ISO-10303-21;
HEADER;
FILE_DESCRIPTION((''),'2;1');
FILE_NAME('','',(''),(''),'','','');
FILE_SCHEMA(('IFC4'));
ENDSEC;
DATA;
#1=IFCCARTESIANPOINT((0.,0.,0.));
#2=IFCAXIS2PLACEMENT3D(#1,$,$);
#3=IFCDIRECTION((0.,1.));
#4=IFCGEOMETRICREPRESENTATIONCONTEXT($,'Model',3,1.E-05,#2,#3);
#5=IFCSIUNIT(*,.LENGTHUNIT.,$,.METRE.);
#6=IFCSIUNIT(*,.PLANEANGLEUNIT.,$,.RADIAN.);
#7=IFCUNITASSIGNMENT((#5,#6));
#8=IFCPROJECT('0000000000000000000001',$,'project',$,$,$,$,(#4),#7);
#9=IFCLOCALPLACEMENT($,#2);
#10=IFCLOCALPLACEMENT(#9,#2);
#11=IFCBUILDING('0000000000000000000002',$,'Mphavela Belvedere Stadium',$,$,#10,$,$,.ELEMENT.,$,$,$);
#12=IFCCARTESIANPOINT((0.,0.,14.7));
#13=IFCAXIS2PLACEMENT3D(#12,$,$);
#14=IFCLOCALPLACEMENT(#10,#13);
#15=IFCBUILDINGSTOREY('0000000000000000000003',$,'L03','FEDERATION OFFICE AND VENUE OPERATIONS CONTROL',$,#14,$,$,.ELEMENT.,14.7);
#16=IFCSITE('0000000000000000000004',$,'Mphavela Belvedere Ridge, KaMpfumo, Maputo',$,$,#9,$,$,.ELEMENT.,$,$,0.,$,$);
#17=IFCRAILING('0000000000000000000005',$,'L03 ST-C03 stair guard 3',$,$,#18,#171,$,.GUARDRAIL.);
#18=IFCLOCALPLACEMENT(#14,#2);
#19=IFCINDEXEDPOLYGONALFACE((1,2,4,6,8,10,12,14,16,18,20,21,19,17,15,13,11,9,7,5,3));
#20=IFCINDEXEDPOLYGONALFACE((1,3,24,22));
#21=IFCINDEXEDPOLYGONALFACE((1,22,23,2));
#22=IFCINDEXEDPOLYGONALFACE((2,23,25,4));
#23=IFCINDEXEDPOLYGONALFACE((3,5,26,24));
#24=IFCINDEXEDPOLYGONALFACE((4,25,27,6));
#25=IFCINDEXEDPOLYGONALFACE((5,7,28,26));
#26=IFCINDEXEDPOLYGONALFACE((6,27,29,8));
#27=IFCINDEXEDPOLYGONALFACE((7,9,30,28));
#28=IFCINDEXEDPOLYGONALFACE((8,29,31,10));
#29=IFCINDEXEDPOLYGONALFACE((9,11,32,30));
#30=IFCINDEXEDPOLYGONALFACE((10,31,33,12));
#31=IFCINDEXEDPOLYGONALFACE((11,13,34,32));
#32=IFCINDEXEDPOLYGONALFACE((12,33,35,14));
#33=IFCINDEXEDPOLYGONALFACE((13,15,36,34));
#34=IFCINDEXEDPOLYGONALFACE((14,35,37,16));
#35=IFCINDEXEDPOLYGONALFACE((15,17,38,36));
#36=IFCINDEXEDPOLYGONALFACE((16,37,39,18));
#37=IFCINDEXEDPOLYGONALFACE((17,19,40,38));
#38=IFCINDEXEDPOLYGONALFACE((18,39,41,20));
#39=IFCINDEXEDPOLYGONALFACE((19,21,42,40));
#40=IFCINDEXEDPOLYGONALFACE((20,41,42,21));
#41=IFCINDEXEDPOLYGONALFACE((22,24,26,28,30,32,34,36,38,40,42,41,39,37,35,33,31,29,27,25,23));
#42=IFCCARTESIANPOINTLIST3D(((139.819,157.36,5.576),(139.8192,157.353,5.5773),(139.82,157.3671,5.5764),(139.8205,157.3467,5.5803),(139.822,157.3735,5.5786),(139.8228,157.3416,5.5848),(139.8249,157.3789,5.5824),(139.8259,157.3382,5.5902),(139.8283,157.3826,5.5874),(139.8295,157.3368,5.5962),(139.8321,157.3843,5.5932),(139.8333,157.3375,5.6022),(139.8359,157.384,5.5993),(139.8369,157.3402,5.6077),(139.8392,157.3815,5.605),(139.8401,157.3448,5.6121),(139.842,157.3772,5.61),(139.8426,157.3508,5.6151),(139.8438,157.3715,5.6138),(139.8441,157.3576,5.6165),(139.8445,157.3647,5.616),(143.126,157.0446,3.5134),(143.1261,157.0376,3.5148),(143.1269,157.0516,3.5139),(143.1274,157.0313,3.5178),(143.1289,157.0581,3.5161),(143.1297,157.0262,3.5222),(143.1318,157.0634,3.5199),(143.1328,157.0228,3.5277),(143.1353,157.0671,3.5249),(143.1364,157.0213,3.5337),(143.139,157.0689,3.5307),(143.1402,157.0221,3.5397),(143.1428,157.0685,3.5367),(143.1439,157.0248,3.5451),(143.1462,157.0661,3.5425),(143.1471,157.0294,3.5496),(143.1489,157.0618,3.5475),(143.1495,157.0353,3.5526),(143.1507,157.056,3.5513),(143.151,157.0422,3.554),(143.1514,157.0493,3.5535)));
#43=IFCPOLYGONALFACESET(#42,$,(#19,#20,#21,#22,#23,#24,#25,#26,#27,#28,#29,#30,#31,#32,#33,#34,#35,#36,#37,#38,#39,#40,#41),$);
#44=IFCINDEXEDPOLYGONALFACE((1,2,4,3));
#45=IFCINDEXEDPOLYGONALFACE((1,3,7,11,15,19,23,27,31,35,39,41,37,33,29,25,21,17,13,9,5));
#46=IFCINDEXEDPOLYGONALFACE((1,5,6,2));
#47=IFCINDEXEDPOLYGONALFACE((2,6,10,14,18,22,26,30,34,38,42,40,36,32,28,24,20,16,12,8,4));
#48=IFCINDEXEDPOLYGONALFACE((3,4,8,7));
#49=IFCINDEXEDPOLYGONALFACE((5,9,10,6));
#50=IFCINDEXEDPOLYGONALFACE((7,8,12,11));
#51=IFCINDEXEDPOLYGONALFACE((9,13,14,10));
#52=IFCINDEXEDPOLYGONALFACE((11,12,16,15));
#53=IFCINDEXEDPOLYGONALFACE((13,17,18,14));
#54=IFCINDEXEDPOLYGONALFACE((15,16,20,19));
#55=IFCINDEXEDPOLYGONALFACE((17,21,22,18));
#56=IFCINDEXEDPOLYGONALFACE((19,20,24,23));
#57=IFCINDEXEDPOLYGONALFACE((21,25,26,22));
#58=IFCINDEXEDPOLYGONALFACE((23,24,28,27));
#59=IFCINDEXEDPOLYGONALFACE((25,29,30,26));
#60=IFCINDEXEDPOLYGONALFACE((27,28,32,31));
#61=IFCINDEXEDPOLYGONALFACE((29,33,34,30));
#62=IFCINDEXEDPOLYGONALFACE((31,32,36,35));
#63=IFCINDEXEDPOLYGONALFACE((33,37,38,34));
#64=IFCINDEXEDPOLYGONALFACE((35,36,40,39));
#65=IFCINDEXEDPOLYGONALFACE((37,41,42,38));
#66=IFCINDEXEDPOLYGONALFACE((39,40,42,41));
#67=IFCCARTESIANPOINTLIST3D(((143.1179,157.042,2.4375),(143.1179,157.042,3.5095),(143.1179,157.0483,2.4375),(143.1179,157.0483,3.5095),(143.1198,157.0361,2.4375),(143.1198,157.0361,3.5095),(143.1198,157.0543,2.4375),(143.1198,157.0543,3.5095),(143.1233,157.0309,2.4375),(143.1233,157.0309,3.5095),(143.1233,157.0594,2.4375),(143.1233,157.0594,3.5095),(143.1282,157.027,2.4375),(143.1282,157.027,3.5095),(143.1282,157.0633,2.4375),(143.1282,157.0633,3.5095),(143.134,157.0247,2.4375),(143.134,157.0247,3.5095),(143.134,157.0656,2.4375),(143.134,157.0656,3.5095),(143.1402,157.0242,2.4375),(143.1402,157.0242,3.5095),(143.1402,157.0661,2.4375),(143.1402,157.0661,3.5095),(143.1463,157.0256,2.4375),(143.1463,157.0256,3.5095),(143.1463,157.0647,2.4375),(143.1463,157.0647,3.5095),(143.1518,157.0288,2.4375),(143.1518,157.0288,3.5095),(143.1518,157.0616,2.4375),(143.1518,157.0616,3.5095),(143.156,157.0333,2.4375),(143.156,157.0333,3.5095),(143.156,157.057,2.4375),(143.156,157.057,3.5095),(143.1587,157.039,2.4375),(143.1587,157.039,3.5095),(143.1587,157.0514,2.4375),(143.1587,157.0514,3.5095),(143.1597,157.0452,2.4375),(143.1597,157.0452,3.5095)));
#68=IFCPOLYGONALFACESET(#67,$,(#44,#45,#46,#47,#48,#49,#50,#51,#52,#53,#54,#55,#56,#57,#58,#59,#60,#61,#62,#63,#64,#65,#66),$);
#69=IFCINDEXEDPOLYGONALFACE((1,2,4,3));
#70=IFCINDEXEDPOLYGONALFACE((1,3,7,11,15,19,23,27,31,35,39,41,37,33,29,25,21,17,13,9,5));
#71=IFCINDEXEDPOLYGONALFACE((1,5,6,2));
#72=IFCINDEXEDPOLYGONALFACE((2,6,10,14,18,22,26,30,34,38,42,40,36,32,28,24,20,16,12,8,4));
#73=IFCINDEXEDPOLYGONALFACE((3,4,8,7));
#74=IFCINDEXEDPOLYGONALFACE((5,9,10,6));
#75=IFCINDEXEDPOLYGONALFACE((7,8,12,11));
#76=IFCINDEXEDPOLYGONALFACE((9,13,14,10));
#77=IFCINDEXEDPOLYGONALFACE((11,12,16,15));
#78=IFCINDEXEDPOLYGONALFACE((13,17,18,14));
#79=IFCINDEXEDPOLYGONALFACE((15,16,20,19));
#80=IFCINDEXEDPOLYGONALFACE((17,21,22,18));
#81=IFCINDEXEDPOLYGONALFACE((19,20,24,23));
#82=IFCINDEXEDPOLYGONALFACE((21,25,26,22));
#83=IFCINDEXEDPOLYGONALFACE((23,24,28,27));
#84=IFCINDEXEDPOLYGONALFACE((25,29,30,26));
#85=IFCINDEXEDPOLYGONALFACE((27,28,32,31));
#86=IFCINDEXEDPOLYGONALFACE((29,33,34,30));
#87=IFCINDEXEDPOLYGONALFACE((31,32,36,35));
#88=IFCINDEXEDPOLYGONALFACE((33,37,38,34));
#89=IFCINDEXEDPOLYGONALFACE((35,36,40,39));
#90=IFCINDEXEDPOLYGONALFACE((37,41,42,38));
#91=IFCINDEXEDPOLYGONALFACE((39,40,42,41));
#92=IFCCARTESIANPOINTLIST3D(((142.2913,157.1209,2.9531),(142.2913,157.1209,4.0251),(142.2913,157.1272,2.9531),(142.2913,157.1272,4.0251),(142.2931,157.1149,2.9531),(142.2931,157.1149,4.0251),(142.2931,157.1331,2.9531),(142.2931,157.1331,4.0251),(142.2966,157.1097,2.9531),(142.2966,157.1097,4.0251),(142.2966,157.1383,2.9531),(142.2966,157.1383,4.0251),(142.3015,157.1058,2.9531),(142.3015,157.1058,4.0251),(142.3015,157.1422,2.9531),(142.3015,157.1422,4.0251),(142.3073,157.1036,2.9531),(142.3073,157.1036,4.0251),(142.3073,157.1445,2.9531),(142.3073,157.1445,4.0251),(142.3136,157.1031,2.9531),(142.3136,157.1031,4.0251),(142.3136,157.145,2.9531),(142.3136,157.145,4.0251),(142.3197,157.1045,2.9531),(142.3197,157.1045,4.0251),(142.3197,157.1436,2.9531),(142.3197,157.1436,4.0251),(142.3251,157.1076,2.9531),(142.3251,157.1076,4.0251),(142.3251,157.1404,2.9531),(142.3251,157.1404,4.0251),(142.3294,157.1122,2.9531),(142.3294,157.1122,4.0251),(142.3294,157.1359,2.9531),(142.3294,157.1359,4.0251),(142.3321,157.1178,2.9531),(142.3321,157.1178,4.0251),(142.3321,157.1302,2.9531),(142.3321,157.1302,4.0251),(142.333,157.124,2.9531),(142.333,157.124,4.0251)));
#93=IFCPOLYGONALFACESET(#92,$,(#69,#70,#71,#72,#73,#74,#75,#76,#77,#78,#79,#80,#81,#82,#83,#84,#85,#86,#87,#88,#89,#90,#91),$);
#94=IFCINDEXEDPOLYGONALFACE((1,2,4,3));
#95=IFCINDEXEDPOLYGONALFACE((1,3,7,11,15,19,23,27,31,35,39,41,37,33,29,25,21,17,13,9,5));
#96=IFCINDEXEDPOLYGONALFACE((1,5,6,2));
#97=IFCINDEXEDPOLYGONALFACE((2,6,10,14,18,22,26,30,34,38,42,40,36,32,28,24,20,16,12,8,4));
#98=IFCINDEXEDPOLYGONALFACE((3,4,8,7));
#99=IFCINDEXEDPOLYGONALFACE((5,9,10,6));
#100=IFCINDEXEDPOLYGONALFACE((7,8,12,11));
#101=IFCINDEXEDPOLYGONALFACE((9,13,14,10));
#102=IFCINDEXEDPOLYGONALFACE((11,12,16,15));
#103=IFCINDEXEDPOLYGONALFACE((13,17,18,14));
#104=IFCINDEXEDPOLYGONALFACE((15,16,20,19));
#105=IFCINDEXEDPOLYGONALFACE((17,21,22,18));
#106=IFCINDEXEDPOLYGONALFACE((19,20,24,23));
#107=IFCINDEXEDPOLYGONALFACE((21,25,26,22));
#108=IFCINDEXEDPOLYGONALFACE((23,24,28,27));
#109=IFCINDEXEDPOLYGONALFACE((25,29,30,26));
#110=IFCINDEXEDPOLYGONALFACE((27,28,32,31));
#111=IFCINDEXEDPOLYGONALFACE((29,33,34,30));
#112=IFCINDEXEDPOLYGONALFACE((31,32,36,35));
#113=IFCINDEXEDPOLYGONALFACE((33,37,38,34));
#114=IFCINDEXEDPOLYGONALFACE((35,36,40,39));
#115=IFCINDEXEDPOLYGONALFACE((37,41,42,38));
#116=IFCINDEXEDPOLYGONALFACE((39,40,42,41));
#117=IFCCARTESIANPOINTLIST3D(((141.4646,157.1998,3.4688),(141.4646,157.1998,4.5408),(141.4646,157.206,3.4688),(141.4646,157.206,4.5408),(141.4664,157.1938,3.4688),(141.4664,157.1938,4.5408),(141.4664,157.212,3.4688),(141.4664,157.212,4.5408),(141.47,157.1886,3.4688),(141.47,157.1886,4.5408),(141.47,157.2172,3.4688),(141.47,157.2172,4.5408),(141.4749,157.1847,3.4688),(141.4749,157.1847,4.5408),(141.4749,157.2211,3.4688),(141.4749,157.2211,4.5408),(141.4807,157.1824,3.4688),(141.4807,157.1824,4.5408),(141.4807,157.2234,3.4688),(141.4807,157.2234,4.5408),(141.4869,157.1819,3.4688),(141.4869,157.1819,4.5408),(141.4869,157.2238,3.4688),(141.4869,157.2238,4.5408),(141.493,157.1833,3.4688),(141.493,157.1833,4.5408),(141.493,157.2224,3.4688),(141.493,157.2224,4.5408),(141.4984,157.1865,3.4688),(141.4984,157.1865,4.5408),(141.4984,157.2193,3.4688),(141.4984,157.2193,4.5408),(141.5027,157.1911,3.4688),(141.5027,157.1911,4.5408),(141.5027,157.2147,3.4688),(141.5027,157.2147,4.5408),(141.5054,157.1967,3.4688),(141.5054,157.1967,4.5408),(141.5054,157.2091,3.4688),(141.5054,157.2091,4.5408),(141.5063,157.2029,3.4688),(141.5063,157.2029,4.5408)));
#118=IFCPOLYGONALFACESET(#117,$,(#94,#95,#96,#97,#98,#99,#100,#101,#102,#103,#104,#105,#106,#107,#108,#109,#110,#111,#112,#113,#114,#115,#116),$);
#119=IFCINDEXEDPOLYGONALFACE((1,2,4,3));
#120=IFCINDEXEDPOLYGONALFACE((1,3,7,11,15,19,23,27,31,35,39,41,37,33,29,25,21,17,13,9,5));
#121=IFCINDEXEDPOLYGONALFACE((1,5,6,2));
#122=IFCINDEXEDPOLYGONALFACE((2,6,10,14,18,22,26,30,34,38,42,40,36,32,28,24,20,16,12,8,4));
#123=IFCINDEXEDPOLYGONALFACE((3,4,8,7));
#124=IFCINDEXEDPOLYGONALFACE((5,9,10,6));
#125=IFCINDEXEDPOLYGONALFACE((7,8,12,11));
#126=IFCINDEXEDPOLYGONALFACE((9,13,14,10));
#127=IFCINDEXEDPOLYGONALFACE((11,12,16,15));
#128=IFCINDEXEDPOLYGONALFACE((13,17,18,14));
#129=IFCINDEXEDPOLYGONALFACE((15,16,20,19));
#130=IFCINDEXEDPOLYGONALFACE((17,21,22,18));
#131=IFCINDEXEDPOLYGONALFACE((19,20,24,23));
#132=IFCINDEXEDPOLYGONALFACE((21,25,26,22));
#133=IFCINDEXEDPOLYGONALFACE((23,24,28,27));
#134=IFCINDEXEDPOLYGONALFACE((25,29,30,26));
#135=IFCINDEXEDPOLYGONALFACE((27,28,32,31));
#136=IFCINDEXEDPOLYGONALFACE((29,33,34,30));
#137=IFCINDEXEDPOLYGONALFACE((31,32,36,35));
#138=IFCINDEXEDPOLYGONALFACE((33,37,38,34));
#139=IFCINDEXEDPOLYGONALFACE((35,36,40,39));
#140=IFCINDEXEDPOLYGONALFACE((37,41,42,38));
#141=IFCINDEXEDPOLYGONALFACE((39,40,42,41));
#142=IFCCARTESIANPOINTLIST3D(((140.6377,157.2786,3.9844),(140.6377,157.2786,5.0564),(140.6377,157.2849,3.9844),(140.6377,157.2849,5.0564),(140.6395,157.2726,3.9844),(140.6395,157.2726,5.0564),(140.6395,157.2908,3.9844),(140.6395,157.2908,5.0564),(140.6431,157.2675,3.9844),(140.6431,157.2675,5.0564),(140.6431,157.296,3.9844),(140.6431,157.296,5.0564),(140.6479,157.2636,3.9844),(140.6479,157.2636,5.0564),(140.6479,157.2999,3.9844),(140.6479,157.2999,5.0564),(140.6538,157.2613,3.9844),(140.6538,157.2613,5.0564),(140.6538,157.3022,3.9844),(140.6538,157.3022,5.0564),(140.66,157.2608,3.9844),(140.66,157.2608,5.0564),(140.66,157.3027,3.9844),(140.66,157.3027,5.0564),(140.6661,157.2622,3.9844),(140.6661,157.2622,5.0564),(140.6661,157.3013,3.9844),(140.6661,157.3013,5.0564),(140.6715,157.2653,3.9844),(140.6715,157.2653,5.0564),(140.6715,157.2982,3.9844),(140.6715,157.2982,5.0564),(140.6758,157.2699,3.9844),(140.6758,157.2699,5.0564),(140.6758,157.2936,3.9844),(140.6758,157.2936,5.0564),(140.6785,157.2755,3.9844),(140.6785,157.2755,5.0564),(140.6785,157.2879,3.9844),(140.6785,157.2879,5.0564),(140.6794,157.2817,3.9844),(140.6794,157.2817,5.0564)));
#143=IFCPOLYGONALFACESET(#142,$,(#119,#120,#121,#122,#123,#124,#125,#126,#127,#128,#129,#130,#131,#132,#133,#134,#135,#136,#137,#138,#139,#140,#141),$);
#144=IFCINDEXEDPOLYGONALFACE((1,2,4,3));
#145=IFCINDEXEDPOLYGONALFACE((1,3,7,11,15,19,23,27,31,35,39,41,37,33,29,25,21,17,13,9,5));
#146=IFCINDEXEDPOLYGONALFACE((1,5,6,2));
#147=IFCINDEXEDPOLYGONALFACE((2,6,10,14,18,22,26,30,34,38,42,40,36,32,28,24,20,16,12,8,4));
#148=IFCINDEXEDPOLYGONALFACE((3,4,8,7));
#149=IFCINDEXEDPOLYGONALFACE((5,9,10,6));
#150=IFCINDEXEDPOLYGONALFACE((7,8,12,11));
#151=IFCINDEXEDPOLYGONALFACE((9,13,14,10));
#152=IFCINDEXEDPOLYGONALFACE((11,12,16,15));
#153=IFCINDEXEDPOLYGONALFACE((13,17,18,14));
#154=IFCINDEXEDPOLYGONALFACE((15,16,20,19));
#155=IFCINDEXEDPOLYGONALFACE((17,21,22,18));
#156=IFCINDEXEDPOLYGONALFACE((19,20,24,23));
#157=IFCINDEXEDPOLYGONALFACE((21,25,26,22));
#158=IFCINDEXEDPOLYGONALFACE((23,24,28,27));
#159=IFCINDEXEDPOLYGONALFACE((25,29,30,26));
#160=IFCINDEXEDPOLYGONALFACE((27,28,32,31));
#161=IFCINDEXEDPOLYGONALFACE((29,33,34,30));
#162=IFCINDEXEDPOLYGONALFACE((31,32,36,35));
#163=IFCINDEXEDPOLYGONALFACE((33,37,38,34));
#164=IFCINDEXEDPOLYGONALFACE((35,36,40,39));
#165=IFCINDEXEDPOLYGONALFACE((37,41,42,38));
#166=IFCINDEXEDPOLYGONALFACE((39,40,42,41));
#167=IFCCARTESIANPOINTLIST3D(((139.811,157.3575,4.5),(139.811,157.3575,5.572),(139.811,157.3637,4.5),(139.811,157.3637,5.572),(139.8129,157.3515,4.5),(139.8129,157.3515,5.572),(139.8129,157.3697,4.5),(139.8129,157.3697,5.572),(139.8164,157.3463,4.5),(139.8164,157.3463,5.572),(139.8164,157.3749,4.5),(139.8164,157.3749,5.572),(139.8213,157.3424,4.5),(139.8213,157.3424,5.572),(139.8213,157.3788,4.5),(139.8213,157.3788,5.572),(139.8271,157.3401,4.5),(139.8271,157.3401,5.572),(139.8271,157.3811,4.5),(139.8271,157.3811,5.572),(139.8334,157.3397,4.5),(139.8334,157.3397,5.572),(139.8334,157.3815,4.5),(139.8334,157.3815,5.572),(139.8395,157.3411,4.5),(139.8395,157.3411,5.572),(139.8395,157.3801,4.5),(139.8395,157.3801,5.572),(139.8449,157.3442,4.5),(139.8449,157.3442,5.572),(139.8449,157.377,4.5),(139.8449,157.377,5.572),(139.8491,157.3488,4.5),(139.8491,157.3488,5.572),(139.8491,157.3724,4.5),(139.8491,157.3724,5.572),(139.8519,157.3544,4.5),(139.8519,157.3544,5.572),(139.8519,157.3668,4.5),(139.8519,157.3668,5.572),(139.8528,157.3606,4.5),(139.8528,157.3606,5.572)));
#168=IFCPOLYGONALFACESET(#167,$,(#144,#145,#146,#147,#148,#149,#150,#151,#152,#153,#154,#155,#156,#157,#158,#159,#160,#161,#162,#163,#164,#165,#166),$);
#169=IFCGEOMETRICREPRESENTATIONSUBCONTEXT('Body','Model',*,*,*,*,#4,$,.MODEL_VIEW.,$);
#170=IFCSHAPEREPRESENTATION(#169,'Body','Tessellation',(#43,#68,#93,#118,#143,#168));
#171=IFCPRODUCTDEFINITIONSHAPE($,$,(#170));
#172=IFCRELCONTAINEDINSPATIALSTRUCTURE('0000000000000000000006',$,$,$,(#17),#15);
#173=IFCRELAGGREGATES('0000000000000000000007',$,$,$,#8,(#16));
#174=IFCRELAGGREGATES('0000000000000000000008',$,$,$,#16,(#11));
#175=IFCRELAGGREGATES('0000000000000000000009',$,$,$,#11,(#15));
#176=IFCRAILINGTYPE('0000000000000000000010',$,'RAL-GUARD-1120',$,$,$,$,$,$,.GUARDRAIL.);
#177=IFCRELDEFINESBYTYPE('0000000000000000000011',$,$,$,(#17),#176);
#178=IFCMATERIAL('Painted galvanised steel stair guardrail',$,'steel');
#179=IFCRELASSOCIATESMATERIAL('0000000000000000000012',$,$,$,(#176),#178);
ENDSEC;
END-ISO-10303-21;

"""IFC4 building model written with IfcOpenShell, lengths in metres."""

from ifc_helpers import new_model, si_unit, direction, frame, origin, origin_2d, place, context, subcontext, project, spatial, circle, extrude, material, type_object, element, save


model = new_model("IFC4")

# Units and contexts
model_context = context("Model", 3, precision=1e-05, world=origin(), true_north=direction((0.0, 1.0)))
body_context = subcontext(model_context, "Body", "Model", "MODEL_VIEW")
ifc_project = project(units=[si_unit("LENGTHUNIT", "METRE"), si_unit("PLANEANGLEUNIT", "RADIAN")], contexts=[model_context])

# Site, building, storey
site_placement = place(None, origin())
site = spatial("IfcSite", under=ifc_project, at=site_placement, Name="Mphavela Belvedere Ridge, KaMpfumo, Maputo", CompositionType="ELEMENT", RefElevation=0.0)
building_placement = place(site_placement, origin())
building = spatial("IfcBuilding", under=site, at=building_placement, Name="Mphavela Belvedere Stadium", CompositionType="ELEMENT")
storey_placement = place(building_placement, frame((0.0, 0.0, 14.7)))
storey = spatial("IfcBuildingStorey", under=building, at=storey_placement, Name="L03", Description="FEDERATION OFFICE AND VENUE OPERATIONS CONTROL", CompositionType="ELEMENT", Elevation=14.7)

# Railing
ifc_material_1 = material(Name="Painted galvanised steel stair guardrail", Category="steel")
railing_type_1 = type_object("IfcRailingType", Name="RAL-GUARD-1120", PredefinedType="GUARDRAIL", material=ifc_material_1)
railing_1_placement = place(storey_placement, frame((143.1387, 157.0452, 2.4375)))
element("IfcRailing", 1, at=railing_1_placement, inside=storey, type_object=railing_type_1, Name="L03 ST-C03 stair guard 3", PredefinedType="GUARDRAIL", context=body_context, shape_type="SweptSolid", body=[
    extrude(circle(Radius=0.0239, at=origin_2d()), frame((0.0, 0.0, 1.0962), z_axis=(-0.845729, 0.08067, 0.52748), x_axis=(-0.094955, -0.995482, 0.0)), (0.0, 0.0, 1.0), 3.9102),
    extrude(circle(Radius=0.021, at=origin_2d()), origin(), (0.0, 0.0, 1.0), 1.072),
    extrude(circle(Radius=0.021, at=origin_2d()), frame((-0.8267, 0.0789, 0.5156)), (0.0, 0.0, 1.0), 1.072),
    extrude(circle(Radius=0.021, at=origin_2d()), frame((-1.6533, 0.1577, 1.0312)), (0.0, 0.0, 1.0), 1.072),
    extrude(circle(Radius=0.021, at=origin_2d()), frame((-2.4802, 0.2366, 1.5469)), (0.0, 0.0, 1.0), 1.072),
    extrude(circle(Radius=0.021, at=origin_2d()), frame((-3.3069, 0.3154, 2.0625)), (0.0, 0.0, 1.0), 1.072),
])

save(model, "model.ifc")
